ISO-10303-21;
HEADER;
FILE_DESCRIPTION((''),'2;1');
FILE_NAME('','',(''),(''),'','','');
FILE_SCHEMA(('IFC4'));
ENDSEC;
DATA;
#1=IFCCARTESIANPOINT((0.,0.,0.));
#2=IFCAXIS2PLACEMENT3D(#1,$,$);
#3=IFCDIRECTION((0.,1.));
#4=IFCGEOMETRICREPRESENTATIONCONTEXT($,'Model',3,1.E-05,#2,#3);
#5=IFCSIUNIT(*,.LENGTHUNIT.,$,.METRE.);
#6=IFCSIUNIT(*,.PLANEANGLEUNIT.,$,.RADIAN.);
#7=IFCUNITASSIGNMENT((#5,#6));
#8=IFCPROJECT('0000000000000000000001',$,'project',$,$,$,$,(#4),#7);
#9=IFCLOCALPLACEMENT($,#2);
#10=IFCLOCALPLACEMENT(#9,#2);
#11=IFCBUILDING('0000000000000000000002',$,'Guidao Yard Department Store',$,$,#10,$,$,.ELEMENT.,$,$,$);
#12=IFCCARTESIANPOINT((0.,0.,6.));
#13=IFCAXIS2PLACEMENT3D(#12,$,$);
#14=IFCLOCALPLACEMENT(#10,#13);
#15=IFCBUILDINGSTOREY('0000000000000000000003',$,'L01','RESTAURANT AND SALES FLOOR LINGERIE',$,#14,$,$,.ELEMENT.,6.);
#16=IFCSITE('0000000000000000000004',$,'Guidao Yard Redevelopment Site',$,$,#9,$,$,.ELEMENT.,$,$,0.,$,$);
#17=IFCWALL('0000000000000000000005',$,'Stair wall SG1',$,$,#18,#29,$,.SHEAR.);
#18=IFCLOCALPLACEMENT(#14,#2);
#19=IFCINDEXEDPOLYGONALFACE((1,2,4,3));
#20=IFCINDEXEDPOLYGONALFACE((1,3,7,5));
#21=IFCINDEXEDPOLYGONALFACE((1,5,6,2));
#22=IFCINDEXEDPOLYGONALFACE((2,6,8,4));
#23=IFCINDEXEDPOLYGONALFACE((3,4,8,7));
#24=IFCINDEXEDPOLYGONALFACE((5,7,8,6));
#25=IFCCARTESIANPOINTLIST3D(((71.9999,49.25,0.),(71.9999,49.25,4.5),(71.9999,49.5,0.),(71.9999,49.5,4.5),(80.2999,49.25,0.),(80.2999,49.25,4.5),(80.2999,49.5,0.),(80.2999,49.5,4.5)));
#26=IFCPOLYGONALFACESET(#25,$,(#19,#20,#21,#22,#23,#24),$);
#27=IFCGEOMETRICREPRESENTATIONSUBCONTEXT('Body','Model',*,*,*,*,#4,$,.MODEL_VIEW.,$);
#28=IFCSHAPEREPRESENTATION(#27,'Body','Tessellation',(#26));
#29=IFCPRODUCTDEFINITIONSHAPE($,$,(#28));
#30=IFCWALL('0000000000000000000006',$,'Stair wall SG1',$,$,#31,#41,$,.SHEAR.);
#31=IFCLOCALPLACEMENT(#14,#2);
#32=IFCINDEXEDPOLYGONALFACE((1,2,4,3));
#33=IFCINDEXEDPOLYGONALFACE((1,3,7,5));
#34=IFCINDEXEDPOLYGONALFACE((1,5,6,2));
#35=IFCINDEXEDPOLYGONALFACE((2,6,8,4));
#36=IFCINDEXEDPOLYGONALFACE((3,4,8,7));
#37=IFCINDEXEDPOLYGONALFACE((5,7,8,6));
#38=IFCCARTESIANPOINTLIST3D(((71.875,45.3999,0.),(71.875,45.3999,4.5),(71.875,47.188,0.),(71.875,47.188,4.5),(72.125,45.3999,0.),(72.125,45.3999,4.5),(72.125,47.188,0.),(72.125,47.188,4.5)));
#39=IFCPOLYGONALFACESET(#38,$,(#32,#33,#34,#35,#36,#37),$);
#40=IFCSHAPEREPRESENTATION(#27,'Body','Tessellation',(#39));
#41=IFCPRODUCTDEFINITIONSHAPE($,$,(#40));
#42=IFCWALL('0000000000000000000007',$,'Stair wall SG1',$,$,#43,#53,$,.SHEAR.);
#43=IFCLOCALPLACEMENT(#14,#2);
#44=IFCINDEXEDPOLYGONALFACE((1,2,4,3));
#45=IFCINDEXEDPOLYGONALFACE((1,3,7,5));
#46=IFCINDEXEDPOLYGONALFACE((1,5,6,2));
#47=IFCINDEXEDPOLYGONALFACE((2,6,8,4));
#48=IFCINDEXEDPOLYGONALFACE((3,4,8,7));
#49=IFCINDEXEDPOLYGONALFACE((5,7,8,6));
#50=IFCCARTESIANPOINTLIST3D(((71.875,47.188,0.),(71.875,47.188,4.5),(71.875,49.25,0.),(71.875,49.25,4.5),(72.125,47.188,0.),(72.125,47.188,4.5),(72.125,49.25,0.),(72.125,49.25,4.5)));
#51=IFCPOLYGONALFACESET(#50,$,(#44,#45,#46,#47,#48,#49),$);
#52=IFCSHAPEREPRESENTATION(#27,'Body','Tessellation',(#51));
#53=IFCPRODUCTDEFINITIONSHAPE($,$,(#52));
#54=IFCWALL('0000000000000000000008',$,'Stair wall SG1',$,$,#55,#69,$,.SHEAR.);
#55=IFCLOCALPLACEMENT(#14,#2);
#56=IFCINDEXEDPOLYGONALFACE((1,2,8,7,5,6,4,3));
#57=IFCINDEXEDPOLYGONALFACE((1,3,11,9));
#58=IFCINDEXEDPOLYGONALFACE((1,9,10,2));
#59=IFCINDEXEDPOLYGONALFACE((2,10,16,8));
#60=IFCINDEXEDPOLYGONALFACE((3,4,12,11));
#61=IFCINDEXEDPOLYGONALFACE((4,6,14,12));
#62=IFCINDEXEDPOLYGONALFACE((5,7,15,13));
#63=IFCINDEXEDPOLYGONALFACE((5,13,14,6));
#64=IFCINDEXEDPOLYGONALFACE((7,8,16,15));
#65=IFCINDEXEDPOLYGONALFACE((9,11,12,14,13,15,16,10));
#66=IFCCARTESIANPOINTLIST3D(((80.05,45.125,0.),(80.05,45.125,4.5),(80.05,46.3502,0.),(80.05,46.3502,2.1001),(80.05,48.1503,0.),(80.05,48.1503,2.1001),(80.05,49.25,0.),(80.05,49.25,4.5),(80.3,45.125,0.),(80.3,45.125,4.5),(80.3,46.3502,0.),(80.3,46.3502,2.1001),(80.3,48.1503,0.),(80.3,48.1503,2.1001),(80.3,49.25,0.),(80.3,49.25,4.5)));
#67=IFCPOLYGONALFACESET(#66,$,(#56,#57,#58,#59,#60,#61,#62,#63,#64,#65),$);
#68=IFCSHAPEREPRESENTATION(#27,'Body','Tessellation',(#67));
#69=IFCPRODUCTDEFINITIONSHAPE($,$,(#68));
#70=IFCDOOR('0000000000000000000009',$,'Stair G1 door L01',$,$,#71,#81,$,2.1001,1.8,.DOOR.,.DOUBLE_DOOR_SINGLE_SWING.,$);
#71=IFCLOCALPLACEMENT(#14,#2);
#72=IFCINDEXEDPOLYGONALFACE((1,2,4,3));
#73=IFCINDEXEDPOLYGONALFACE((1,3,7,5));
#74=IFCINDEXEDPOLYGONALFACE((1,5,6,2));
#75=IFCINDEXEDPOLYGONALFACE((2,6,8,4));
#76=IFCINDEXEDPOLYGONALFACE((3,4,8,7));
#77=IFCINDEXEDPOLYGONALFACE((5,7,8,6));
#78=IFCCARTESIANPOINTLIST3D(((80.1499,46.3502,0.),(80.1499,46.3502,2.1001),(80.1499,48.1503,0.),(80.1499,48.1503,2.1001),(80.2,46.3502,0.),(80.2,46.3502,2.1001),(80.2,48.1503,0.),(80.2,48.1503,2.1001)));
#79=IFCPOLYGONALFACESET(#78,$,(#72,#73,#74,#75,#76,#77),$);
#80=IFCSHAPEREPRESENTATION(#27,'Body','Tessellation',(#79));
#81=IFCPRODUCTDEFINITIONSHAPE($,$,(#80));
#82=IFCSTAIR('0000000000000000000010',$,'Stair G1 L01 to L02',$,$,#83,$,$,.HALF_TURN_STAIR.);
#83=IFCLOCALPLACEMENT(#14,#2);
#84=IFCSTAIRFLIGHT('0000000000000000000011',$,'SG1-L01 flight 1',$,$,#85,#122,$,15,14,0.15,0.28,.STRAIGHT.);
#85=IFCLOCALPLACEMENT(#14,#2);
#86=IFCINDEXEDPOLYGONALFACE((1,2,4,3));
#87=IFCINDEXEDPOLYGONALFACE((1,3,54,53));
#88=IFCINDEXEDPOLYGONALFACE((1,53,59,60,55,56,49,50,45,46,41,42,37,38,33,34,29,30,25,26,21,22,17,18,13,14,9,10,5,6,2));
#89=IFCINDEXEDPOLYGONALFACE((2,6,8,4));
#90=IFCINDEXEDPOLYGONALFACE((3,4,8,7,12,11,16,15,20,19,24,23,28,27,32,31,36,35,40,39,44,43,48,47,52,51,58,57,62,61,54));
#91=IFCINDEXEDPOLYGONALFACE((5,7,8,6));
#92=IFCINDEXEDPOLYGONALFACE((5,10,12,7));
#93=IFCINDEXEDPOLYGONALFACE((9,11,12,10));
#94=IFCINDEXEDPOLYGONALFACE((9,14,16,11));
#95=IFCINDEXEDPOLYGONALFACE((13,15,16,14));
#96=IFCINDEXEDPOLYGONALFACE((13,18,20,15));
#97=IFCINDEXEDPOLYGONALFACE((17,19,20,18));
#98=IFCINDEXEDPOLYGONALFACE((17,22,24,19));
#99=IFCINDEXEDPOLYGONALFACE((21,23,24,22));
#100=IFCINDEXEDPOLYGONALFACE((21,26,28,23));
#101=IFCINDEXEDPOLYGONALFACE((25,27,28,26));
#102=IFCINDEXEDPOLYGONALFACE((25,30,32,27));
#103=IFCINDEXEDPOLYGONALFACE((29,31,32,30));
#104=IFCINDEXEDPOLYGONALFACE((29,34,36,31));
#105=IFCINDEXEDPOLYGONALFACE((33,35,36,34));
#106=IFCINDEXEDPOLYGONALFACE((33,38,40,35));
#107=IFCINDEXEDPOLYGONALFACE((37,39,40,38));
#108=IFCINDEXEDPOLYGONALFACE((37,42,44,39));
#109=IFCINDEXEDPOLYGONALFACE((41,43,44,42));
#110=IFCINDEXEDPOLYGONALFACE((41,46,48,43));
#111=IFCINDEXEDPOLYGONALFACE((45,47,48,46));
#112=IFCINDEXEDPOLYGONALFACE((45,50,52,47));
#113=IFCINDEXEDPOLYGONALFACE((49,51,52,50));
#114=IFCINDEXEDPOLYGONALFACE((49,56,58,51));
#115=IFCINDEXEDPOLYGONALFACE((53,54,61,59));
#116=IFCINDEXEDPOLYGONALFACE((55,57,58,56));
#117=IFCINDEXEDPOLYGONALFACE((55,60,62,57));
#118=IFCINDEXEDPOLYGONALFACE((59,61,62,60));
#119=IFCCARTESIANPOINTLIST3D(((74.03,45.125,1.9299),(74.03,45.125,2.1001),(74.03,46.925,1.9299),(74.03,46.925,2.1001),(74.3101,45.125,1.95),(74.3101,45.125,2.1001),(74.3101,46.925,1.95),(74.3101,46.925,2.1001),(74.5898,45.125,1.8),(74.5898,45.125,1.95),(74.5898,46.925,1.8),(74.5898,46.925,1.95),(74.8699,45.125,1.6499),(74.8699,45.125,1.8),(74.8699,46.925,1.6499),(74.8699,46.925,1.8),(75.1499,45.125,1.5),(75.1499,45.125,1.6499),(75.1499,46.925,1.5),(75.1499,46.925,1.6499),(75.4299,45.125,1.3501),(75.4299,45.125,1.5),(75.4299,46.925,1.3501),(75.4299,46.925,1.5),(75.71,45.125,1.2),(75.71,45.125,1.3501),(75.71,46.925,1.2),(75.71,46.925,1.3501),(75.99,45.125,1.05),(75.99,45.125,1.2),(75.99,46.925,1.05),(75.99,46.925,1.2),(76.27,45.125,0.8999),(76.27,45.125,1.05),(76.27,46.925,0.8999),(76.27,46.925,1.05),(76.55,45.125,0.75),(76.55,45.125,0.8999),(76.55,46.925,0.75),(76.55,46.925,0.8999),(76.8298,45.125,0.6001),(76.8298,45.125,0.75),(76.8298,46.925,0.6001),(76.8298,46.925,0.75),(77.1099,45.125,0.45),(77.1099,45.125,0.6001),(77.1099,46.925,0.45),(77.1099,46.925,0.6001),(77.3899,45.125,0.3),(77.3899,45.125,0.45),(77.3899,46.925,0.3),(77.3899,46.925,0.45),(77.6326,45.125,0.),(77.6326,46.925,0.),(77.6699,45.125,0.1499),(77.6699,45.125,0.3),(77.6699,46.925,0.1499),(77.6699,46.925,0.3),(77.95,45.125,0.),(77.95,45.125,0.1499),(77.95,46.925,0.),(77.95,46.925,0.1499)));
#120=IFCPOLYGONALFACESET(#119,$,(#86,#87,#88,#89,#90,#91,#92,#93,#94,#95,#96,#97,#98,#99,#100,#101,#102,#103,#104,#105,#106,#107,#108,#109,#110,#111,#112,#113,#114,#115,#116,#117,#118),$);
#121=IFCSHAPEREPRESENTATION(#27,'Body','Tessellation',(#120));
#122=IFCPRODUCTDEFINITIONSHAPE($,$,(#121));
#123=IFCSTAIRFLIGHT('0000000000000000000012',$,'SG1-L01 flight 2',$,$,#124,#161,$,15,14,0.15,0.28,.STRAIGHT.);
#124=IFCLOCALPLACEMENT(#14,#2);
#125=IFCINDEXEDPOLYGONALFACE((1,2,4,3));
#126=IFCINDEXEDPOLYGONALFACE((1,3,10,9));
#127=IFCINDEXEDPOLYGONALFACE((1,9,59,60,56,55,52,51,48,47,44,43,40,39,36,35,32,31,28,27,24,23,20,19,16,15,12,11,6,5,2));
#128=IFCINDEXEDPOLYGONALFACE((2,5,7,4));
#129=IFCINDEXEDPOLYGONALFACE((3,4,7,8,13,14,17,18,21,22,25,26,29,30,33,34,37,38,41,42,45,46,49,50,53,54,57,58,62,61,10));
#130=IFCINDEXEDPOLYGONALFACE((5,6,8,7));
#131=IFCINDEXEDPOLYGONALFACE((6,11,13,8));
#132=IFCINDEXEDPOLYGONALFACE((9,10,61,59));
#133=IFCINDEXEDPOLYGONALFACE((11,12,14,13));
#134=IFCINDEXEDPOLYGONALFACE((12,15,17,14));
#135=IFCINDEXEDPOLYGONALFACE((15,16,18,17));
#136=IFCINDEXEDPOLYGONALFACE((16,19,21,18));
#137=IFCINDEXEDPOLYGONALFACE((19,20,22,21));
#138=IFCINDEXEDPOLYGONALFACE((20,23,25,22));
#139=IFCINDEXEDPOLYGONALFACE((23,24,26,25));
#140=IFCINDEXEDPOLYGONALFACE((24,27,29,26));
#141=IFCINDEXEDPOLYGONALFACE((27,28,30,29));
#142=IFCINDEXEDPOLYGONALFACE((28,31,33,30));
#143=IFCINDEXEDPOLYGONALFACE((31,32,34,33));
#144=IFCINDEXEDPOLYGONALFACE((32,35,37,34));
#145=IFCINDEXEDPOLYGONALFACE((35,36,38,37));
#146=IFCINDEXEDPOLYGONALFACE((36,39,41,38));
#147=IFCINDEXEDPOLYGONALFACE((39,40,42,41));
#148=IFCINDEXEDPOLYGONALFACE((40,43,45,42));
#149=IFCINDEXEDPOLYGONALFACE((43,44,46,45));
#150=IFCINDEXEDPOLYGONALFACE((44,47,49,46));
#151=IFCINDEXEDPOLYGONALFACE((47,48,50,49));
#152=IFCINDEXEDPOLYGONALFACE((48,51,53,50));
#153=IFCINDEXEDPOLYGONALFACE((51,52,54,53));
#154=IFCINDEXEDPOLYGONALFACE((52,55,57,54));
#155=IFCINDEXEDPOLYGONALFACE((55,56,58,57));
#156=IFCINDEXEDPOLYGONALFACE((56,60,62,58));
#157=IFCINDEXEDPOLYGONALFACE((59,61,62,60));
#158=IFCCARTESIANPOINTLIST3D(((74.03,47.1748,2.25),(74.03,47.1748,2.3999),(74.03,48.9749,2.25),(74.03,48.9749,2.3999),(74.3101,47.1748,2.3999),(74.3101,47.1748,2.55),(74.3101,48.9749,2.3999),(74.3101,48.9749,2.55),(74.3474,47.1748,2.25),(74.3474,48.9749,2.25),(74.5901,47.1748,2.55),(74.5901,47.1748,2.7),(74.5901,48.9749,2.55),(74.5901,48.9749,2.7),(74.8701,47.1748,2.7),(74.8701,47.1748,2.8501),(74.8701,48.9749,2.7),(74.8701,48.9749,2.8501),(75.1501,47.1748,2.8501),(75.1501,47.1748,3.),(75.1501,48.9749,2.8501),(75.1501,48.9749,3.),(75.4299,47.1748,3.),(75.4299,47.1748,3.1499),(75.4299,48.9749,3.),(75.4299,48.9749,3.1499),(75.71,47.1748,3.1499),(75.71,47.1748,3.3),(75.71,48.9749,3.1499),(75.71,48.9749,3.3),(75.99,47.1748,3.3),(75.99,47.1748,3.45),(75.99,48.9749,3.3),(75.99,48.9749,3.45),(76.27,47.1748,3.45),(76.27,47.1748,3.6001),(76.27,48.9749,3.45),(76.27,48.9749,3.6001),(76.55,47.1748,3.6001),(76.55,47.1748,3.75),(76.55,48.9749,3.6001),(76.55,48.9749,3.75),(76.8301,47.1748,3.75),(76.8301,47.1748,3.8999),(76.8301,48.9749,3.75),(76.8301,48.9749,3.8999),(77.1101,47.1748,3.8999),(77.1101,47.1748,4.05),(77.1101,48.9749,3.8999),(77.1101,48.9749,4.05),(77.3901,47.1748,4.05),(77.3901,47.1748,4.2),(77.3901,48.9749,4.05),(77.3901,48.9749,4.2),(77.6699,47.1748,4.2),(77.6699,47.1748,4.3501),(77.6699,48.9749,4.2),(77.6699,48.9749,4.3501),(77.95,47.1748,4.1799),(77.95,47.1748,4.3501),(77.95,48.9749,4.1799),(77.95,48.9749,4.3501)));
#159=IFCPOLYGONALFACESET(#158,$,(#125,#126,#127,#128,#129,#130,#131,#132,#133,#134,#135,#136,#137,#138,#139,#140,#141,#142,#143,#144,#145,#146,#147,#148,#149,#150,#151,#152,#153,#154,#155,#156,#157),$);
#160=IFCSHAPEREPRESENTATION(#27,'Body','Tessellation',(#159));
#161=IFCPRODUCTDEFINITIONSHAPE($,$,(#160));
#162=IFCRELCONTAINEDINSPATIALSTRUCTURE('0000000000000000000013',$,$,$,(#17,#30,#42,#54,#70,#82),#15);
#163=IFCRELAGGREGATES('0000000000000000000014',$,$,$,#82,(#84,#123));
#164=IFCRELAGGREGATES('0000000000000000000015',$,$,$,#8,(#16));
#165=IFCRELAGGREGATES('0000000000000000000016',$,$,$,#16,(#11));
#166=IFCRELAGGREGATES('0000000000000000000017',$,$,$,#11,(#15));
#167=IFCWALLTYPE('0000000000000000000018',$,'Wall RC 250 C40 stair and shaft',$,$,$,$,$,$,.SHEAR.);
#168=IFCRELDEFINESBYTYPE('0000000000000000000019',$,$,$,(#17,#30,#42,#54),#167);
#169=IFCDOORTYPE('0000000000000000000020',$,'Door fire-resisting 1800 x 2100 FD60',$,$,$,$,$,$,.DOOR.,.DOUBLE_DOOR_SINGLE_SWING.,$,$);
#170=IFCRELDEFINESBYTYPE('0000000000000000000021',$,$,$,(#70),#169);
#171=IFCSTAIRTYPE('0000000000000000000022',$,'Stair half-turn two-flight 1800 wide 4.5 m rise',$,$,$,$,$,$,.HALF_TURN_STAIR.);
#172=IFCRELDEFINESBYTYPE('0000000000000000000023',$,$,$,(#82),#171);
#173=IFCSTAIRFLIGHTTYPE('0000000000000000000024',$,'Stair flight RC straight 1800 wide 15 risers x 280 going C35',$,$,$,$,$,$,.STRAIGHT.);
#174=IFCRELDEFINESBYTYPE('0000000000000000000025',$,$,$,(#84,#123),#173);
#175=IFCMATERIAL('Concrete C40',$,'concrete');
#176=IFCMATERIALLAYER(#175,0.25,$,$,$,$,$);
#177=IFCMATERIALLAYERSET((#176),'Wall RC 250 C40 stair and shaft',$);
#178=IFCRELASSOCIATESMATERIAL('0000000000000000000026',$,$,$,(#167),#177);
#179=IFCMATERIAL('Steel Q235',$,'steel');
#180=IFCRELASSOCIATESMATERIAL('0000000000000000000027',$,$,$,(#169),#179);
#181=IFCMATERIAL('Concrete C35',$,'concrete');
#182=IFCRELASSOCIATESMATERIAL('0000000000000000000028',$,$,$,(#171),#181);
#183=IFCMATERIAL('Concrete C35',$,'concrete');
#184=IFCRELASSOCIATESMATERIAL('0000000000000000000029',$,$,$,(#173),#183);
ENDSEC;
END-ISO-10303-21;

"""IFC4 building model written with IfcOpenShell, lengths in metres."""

from ifc_helpers import new_model, si_unit, direction, frame, frame_2d, origin, place, context, subcontext, project, spatial, polyline, rectangle, outline, extrude, material, layer, layer_set, type_object, element, fill, aggregate, save


model = new_model("IFC4")

# Units and contexts
model_context = context("Model", 3, precision=1e-05, world=origin(), true_north=direction((0.0, 1.0)))
body_context = subcontext(model_context, "Body", "Model", "MODEL_VIEW")
ifc_project = project(units=[si_unit("LENGTHUNIT", "METRE"), si_unit("PLANEANGLEUNIT", "RADIAN")], contexts=[model_context])

# Site, building, storey
site_placement = place(None, origin())
site = spatial("IfcSite", under=ifc_project, at=site_placement, Name="Guidao Yard Redevelopment Site", CompositionType="ELEMENT", RefElevation=0.0)
building_placement = place(site_placement, origin())
building = spatial("IfcBuilding", under=site, at=building_placement, Name="Guidao Yard Department Store", CompositionType="ELEMENT")
storey_placement = place(building_placement, frame((0.0, 0.0, 6.0)))
storey = spatial("IfcBuildingStorey", under=building, at=storey_placement, Name="L01", Description="RESTAURANT AND SALES FLOOR LINGERIE", CompositionType="ELEMENT", Elevation=6.0)

# Walls
ifc_material_1 = material(Name="Concrete C40", Category="concrete")
ifc_layer_1 = layer(ifc_material_1, 0.25)
ifc_layer_set_1 = layer_set([ifc_layer_1], Name="Wall RC 250 C40 stair and shaft")
wall_type_1 = type_object("IfcWallType", Name="Wall RC 250 C40 stair and shaft", PredefinedType="SHEAR", material=ifc_layer_set_1)
wall_1_placement = place(storey_placement, frame((72.0, 49.375, 0.0), z_axis=(0.0, 0.0, 1.0), x_axis=(1.0, 0.0, 0.0)))
element("IfcWall", 1, at=wall_1_placement, inside=storey, type_object=wall_type_1, Name="Stair wall SG1", PredefinedType="SHEAR", context=body_context, shape_type="SweptSolid", body=[
    extrude(rectangle(XDim=8.3, YDim=0.25, at=frame_2d((4.1499, 0.0))), origin(), (0.0, 0.0, 1.0), 4.5),
])
wall_2_placement = place(storey_placement, frame((72.0, 45.3999, 0.0), z_axis=(0.0, 0.0, 1.0), x_axis=(0.0, 1.0, 0.0)))
element("IfcWall", 2, at=wall_2_placement, inside=storey, type_object=wall_type_1, Name="Stair wall SG1", PredefinedType="SHEAR", context=body_context, shape_type="SweptSolid", body=[
    extrude(rectangle(XDim=1.7881, YDim=0.25, at=frame_2d((0.894, 0.0))), origin(), (0.0, 0.0, 1.0), 4.5),
])
wall_3_placement = place(storey_placement, frame((72.0, 47.188, 0.0), z_axis=(0.0, 0.0, 1.0), x_axis=(0.0, 1.0, 0.0)))
element("IfcWall", 3, at=wall_3_placement, inside=storey, type_object=wall_type_1, Name="Stair wall SG1", PredefinedType="SHEAR", context=body_context, shape_type="SweptSolid", body=[
    extrude(rectangle(XDim=2.062, YDim=0.25, at=frame_2d((1.031, 0.0))), origin(), (0.0, 0.0, 1.0), 4.5),
])

# Wall, opening, door
wall_4_placement = place(storey_placement, frame((80.175, 45.125, 0.0), z_axis=(0.0, 0.0, 1.0), x_axis=(0.0, 1.0, 0.0)))
wall_4 = element("IfcWall", 4, at=wall_4_placement, inside=storey, type_object=wall_type_1, Name="Stair wall SG1", PredefinedType="SHEAR", context=body_context, shape_type="SweptSolid", body=[
    extrude(rectangle(XDim=4.125, YDim=0.25, at=frame_2d((2.0625, 0.0))), origin(), (0.0, 0.0, 1.0), 4.5),
])
opening_1_placement = place(wall_4_placement, frame((3.0251, 0.0, 0.0), z_axis=(0.0, 0.0, 1.0), x_axis=(-1.0, 0.0, 0.0)))
opening_1 = element("IfcOpeningElement", 5, at=opening_1_placement, cuts=wall_4, PredefinedType="OPENING", context=body_context, shape_type="SweptSolid", body=[
    extrude(rectangle(XDim=1.8, YDim=2.1001, at=frame_2d((0.8999, 1.05))), frame((0.0, 0.135, 0.0), z_axis=(0.0, -1.0, 0.0), x_axis=(1.0, 0.0, 0.0)), (0.0, 0.0, 1.0), 0.27),
])
ifc_material_2 = material(Name="Steel Q235", Category="steel")
door_type_1 = type_object("IfcDoorType", Name="Door fire-resisting 1800 x 2100 FD60", OperationType="DOUBLE_DOOR_SINGLE_SWING", PredefinedType="DOOR", material=ifc_material_2)
door_1_placement = place(opening_1_placement, origin())
door_1 = element("IfcDoor", 6, at=door_1_placement, inside=storey, type_object=door_type_1, Name="Stair G1 door L01", OperationType="DOUBLE_DOOR_SINGLE_SWING", OverallHeight=2.1001, OverallWidth=1.8, PredefinedType="DOOR", context=body_context, shape_type="SweptSolid", body=[
    extrude(rectangle(XDim=1.8, YDim=2.1001, at=frame_2d((0.8999, 1.05))), frame((0.0, 0.0249, 0.0), z_axis=(0.0, -1.0, 0.0), x_axis=(1.0, 0.0, 0.0)), (0.0, 0.0, 1.0), 0.05),
])
fill(opening_1, door_1)

# Stair, stair flights
ifc_material_3 = material(Name="Concrete C35", Category="concrete")
stair_type = type_object("IfcStairType", Name="Stair half-turn two-flight 1800 wide 4.5 m rise", PredefinedType="HALF_TURN_STAIR", material=ifc_material_3)
stair_placement = place(storey_placement, origin())
stair = element("IfcStair", 7, at=stair_placement, inside=storey, type_object=stair_type, Name="Stair G1 L01 to L02", PredefinedType="HALF_TURN_STAIR")
ifc_material_4 = material(Name="Concrete C35", Category="concrete")
stair_flight_type = type_object("IfcStairFlightType", Name="Stair flight RC straight 1800 wide 15 risers x 280 going C35", PredefinedType="STRAIGHT", material=ifc_material_4)
stair_flight_1_placement = place(storey_placement, frame((77.95, 46.0249, 0.0), z_axis=(0.0, 0.0, 1.0), x_axis=(-1.0, 0.0, 0.0)))
stair_flight_1 = element("IfcStairFlight", 8, at=stair_flight_1_placement, type_object=stair_flight_type, Name="SG1-L01 flight 1", NumberOfRisers=15, NumberOfTreads=14, PredefinedType="STRAIGHT", RiserHeight=0.15, TreadLength=0.28, context=body_context, shape_type="SweptSolid", body=[
    extrude(outline(polyline([(0.0, 0.0), (0.0, 0.1499), (0.28, 0.1499), (0.28, 0.3), (0.5601, 0.3), (0.5601, 0.45), (0.8401, 0.45), (0.8401, 0.6001), (1.1201, 0.6001), (1.1201, 0.75), (1.3999, 0.75), (1.3999, 0.8999), (1.6799, 0.8999), (1.6799, 1.05), (1.96, 1.05), (1.96, 1.2), (2.24, 1.2), (2.24, 1.3501), (2.52, 1.3501), (2.52, 1.5), (2.8, 1.5), (2.8, 1.6499), (3.0801, 1.6499), (3.0801, 1.8), (3.3601, 1.8), (3.3601, 1.95), (3.6399, 1.95), (3.6399, 2.1001), (3.9199, 2.1001), (3.9199, 2.25), (3.9199, 1.9299), (0.3174, 0.0), (0.0, 0.0)])), frame((0.0, 0.8999, 0.0), z_axis=(0.0, -1.0, 0.0), x_axis=(1.0, 0.0, 0.0)), (0.0, 0.0, 1.0), 1.8),
])
stair_flight_2_placement = place(storey_placement, frame((74.03, 48.075, 2.25), z_axis=(0.0, 0.0, 1.0), x_axis=(1.0, 0.0, 0.0)))
stair_flight_2 = element("IfcStairFlight", 9, at=stair_flight_2_placement, type_object=stair_flight_type, Name="SG1-L01 flight 2", NumberOfRisers=15, NumberOfTreads=14, PredefinedType="STRAIGHT", RiserHeight=0.15, TreadLength=0.28, context=body_context, shape_type="SweptSolid", body=[
    extrude(outline(polyline([(0.0, 0.0), (0.0, 0.1499), (0.28, 0.1499), (0.28, 0.3), (0.5601, 0.3), (0.5601, 0.45), (0.8401, 0.45), (0.8401, 0.6001), (1.1201, 0.6001), (1.1201, 0.75), (1.3999, 0.75), (1.3999, 0.8999), (1.6799, 0.8999), (1.6799, 1.05), (1.96, 1.05), (1.96, 1.2), (2.24, 1.2), (2.24, 1.3501), (2.52, 1.3501), (2.52, 1.5), (2.8, 1.5), (2.8, 1.6499), (3.0801, 1.6499), (3.0801, 1.8), (3.3601, 1.8), (3.3601, 1.95), (3.6399, 1.95), (3.6399, 2.1001), (3.9199, 2.1001), (3.9199, 2.25), (3.9199, 1.9299), (0.3174, 0.0), (0.0, 0.0)])), frame((0.0, 0.8999, 0.0), z_axis=(0.0, -1.0, 0.0), x_axis=(1.0, 0.0, 0.0)), (0.0, 0.0, 1.0), 1.8),
])
aggregate(stair, [stair_flight_1, stair_flight_2])

save(model, "model.ifc")
